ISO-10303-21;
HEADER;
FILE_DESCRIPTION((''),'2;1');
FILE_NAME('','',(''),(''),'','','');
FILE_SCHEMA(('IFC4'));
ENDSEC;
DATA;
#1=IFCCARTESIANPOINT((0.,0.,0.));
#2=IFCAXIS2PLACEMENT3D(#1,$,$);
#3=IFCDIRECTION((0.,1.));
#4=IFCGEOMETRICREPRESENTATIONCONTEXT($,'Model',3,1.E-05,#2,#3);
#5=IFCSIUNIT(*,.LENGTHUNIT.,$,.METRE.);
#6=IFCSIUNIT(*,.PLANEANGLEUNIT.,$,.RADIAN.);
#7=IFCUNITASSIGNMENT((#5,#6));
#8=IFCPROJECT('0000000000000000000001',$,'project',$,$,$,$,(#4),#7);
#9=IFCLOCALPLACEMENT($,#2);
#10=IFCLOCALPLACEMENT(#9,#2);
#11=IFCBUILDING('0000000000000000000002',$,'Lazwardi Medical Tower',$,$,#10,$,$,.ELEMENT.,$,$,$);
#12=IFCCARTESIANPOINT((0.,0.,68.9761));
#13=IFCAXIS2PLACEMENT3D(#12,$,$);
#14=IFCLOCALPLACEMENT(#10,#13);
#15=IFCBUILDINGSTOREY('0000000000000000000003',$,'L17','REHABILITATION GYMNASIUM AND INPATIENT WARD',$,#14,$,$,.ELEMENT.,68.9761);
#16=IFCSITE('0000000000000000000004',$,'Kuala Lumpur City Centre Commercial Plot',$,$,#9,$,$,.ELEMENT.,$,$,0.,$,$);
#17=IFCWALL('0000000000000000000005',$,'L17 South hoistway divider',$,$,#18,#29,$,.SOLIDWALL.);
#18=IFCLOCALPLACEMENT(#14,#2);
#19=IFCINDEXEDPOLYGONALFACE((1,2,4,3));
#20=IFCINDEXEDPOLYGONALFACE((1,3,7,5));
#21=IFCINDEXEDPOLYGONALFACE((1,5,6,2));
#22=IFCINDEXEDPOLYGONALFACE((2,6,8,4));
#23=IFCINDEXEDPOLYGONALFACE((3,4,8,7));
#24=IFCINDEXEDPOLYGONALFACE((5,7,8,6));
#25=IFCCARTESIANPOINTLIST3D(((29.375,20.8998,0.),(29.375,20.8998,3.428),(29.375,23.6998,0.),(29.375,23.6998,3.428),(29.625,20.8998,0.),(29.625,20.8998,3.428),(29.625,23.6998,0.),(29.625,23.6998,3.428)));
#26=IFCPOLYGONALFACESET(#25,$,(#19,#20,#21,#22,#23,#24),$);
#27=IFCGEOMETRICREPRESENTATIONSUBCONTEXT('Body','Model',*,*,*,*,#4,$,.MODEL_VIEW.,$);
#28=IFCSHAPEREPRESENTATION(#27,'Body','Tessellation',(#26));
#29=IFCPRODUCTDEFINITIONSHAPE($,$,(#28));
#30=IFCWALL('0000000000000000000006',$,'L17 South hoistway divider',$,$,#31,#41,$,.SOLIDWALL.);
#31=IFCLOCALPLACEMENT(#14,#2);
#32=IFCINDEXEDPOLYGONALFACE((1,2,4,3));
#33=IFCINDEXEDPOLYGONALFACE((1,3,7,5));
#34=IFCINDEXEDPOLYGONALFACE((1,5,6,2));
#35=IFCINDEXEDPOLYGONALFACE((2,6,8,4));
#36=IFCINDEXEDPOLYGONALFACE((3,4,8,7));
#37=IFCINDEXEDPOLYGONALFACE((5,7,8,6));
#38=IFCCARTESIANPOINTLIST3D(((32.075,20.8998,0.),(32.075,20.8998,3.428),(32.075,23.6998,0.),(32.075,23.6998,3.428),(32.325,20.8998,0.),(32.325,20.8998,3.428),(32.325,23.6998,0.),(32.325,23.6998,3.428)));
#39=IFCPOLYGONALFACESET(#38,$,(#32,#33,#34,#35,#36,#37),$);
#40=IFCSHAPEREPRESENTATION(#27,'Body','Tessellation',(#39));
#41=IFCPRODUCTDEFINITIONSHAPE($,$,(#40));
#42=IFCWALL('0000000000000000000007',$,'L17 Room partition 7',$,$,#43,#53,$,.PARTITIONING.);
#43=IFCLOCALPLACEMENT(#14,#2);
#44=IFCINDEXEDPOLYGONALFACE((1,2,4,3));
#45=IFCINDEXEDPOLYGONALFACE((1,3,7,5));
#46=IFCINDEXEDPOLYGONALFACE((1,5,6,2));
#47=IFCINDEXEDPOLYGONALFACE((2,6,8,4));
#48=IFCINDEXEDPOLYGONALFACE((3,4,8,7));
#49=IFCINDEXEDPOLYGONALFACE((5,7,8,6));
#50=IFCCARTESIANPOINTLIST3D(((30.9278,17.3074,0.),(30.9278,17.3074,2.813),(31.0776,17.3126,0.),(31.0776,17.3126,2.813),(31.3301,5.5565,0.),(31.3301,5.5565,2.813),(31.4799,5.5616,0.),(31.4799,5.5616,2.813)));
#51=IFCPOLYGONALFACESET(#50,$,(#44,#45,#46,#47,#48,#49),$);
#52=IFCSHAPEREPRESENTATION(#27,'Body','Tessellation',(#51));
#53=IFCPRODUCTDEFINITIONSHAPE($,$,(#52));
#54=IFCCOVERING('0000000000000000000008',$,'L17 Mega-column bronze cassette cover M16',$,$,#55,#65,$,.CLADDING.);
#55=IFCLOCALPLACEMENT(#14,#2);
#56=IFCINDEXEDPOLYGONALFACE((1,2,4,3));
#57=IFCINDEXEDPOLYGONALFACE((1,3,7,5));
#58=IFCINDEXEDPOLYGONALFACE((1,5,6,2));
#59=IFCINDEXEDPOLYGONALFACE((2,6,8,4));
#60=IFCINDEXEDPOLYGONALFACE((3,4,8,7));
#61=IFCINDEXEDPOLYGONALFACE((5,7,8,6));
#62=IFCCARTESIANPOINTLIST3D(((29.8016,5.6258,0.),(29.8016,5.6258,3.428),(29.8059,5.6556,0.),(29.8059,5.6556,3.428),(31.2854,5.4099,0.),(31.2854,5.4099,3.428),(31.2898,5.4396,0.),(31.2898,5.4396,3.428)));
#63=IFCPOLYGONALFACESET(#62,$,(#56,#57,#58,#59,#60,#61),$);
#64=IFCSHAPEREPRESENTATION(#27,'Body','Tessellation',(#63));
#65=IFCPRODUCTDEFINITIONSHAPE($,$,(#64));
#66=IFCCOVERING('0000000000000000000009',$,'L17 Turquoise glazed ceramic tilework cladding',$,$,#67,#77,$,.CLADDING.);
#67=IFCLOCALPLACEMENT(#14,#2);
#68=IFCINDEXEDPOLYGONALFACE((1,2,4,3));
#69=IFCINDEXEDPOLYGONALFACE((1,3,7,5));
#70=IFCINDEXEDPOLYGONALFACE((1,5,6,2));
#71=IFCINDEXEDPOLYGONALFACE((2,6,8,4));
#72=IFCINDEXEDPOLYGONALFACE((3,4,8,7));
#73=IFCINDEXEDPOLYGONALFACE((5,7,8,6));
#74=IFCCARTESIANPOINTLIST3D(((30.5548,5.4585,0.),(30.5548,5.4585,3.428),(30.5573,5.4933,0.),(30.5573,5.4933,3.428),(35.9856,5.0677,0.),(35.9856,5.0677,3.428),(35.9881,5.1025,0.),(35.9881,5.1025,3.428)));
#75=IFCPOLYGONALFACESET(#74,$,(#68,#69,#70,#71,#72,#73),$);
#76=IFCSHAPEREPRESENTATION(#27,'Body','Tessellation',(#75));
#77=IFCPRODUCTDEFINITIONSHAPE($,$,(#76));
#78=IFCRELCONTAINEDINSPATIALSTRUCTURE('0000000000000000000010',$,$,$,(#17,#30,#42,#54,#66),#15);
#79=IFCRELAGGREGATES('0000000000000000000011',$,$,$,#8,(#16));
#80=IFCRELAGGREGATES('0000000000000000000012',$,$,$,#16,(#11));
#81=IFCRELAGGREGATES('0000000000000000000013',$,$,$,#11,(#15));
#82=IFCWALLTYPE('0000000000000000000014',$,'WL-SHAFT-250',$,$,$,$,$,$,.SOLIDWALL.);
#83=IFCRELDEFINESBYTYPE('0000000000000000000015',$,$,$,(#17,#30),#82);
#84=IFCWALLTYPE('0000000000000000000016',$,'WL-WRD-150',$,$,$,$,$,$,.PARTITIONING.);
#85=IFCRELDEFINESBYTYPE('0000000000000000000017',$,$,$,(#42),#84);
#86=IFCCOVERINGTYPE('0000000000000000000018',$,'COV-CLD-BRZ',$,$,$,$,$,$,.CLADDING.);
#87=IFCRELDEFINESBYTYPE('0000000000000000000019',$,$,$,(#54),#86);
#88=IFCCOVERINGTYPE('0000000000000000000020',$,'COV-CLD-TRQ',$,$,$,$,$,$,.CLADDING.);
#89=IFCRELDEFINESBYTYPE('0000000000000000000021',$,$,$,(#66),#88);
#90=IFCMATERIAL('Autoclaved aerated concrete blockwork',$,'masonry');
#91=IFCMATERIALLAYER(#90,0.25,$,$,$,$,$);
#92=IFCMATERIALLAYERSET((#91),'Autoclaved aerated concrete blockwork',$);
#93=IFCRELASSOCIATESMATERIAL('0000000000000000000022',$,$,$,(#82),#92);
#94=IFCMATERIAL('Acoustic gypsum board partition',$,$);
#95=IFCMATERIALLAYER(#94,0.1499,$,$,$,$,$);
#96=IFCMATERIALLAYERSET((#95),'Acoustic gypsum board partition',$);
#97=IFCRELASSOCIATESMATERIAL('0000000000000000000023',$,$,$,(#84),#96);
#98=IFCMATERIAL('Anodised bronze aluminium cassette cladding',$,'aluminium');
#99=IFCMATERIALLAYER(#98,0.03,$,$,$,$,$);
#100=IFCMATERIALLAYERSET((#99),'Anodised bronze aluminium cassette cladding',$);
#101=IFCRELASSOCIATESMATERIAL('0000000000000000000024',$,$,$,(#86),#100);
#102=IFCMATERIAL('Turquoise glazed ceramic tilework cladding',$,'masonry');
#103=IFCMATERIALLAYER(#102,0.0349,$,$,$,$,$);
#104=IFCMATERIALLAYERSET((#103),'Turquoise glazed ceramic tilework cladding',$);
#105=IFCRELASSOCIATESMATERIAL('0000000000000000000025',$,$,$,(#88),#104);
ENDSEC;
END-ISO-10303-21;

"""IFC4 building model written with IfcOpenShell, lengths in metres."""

from ifc_helpers import new_model, si_unit, direction, frame, frame_2d, origin, origin_2d, place, context, subcontext, project, spatial, rectangle, extrude, material, layer, layer_set, type_object, element, save


model = new_model("IFC4")

# Units and contexts
model_context = context("Model", 3, precision=1e-05, world=origin(), true_north=direction((0.0, 1.0)))
body_context = subcontext(model_context, "Body", "Model", "MODEL_VIEW")
ifc_project = project(units=[si_unit("LENGTHUNIT", "METRE"), si_unit("PLANEANGLEUNIT", "RADIAN")], contexts=[model_context])

# Site, building, storey
site_placement = place(None, origin())
site = spatial("IfcSite", under=ifc_project, at=site_placement, Name="Kuala Lumpur City Centre Commercial Plot", CompositionType="ELEMENT", RefElevation=0.0)
building_placement = place(site_placement, origin())
building = spatial("IfcBuilding", under=site, at=building_placement, Name="Lazwardi Medical Tower", CompositionType="ELEMENT")
storey_placement = place(building_placement, frame((0.0, 0.0, 68.9761)))
storey = spatial("IfcBuildingStorey", under=building, at=storey_placement, Name="L17", Description="REHABILITATION GYMNASIUM AND INPATIENT WARD", CompositionType="ELEMENT", Elevation=68.9761)

# Walls
ifc_material_1 = material(Name="Autoclaved aerated concrete blockwork", Category="masonry")
ifc_layer_1 = layer(ifc_material_1, 0.25)
ifc_layer_set_1 = layer_set([ifc_layer_1], Name="Autoclaved aerated concrete blockwork")
wall_type_1 = type_object("IfcWallType", Name="WL-SHAFT-250", PredefinedType="SOLIDWALL", material=ifc_layer_set_1)
for number, where, z_axis, x_axis, name in (
    (1, (29.5, 20.8999, 0.0), (0.0, 0.0, 1.0), (0.0, 1.0, 0.0), "L17 South hoistway divider"),
    (2, (32.2, 20.8999, 0.0), (0.0, 0.0, 1.0), (0.0, 1.0, 0.0), "L17 South hoistway divider"),
):
    element("IfcWall", number, at=place(storey_placement, frame(where, z_axis=z_axis, x_axis=x_axis)), inside=storey, type_object=wall_type_1, Name=name, PredefinedType="SOLIDWALL", context=body_context, shape_type="SweptSolid", body=[
        extrude(rectangle(XDim=2.8, YDim=0.25, at=frame_2d((1.3999, 0.0))), origin(), (0.0, 0.0, 1.0), 3.428),
    ])
ifc_material_2 = material(Name="Acoustic gypsum board partition")
ifc_layer_2 = layer(ifc_material_2, 0.1499)
ifc_layer_set_2 = layer_set([ifc_layer_2], Name="Acoustic gypsum board partition")
wall_type_2 = type_object("IfcWallType", Name="WL-WRD-150", PredefinedType="PARTITIONING", material=ifc_layer_set_2)
wall_1_placement = place(storey_placement, frame((31.405, 5.5591, 0.0), z_axis=(0.0, 0.0, 1.0), x_axis=(-0.034219, 0.999414, 0.0)))
element("IfcWall", 3, at=wall_1_placement, inside=storey, type_object=wall_type_2, Name="L17 Room partition 7", PredefinedType="PARTITIONING", context=body_context, shape_type="SweptSolid", body=[
    extrude(rectangle(XDim=11.7578, YDim=0.1499, at=frame_2d((5.8789, 0.0))), origin(), (0.0, 0.0, 1.0), 2.813),
])

# Coverings
ifc_material_3 = material(Name="Anodised bronze aluminium cassette cladding", Category="aluminium")
ifc_layer_3 = layer(ifc_material_3, 0.03)
ifc_layer_set_3 = layer_set([ifc_layer_3], Name="Anodised bronze aluminium cassette cladding")
covering_type_1 = type_object("IfcCoveringType", Name="COV-CLD-BRZ", PredefinedType="CLADDING", material=ifc_layer_set_3)
covering_1_placement = place(storey_placement, frame((30.5457, 5.5327, 0.0), z_axis=(0.0, 0.0, 1.0), x_axis=(0.989573, -0.144035, 0.0)))
element("IfcCovering", 4, at=covering_1_placement, inside=storey, type_object=covering_type_1, Name="L17 Mega-column bronze cassette cover M16", PredefinedType="CLADDING", context=body_context, shape_type="SweptSolid", body=[
    extrude(rectangle(XDim=1.4995, YDim=0.03, at=origin_2d()), origin(), (0.0, 0.0, 1.0), 3.428),
])
ifc_material_4 = material(Name="Turquoise glazed ceramic tilework cladding", Category="masonry")
ifc_layer_4 = layer(ifc_material_4, 0.0349)
ifc_layer_set_4 = layer_set([ifc_layer_4], Name="Turquoise glazed ceramic tilework cladding")
covering_type_2 = type_object("IfcCoveringType", Name="COV-CLD-TRQ", PredefinedType="CLADDING", material=ifc_layer_set_4)
covering_2_placement = place(storey_placement, frame((33.2715, 5.2805, 0.0), z_axis=(0.0, 0.0, 1.0), x_axis=(0.997421, -0.071774, 0.0)))
element("IfcCovering", 5, at=covering_2_placement, inside=storey, type_object=covering_type_2, Name="L17 Turquoise glazed ceramic tilework cladding", PredefinedType="CLADDING", context=body_context, shape_type="SweptSolid", body=[
    extrude(rectangle(XDim=5.4448, YDim=0.0349, at=origin_2d()), origin(), (0.0, 0.0, 1.0), 3.428),
])

save(model, "model.ifc")
